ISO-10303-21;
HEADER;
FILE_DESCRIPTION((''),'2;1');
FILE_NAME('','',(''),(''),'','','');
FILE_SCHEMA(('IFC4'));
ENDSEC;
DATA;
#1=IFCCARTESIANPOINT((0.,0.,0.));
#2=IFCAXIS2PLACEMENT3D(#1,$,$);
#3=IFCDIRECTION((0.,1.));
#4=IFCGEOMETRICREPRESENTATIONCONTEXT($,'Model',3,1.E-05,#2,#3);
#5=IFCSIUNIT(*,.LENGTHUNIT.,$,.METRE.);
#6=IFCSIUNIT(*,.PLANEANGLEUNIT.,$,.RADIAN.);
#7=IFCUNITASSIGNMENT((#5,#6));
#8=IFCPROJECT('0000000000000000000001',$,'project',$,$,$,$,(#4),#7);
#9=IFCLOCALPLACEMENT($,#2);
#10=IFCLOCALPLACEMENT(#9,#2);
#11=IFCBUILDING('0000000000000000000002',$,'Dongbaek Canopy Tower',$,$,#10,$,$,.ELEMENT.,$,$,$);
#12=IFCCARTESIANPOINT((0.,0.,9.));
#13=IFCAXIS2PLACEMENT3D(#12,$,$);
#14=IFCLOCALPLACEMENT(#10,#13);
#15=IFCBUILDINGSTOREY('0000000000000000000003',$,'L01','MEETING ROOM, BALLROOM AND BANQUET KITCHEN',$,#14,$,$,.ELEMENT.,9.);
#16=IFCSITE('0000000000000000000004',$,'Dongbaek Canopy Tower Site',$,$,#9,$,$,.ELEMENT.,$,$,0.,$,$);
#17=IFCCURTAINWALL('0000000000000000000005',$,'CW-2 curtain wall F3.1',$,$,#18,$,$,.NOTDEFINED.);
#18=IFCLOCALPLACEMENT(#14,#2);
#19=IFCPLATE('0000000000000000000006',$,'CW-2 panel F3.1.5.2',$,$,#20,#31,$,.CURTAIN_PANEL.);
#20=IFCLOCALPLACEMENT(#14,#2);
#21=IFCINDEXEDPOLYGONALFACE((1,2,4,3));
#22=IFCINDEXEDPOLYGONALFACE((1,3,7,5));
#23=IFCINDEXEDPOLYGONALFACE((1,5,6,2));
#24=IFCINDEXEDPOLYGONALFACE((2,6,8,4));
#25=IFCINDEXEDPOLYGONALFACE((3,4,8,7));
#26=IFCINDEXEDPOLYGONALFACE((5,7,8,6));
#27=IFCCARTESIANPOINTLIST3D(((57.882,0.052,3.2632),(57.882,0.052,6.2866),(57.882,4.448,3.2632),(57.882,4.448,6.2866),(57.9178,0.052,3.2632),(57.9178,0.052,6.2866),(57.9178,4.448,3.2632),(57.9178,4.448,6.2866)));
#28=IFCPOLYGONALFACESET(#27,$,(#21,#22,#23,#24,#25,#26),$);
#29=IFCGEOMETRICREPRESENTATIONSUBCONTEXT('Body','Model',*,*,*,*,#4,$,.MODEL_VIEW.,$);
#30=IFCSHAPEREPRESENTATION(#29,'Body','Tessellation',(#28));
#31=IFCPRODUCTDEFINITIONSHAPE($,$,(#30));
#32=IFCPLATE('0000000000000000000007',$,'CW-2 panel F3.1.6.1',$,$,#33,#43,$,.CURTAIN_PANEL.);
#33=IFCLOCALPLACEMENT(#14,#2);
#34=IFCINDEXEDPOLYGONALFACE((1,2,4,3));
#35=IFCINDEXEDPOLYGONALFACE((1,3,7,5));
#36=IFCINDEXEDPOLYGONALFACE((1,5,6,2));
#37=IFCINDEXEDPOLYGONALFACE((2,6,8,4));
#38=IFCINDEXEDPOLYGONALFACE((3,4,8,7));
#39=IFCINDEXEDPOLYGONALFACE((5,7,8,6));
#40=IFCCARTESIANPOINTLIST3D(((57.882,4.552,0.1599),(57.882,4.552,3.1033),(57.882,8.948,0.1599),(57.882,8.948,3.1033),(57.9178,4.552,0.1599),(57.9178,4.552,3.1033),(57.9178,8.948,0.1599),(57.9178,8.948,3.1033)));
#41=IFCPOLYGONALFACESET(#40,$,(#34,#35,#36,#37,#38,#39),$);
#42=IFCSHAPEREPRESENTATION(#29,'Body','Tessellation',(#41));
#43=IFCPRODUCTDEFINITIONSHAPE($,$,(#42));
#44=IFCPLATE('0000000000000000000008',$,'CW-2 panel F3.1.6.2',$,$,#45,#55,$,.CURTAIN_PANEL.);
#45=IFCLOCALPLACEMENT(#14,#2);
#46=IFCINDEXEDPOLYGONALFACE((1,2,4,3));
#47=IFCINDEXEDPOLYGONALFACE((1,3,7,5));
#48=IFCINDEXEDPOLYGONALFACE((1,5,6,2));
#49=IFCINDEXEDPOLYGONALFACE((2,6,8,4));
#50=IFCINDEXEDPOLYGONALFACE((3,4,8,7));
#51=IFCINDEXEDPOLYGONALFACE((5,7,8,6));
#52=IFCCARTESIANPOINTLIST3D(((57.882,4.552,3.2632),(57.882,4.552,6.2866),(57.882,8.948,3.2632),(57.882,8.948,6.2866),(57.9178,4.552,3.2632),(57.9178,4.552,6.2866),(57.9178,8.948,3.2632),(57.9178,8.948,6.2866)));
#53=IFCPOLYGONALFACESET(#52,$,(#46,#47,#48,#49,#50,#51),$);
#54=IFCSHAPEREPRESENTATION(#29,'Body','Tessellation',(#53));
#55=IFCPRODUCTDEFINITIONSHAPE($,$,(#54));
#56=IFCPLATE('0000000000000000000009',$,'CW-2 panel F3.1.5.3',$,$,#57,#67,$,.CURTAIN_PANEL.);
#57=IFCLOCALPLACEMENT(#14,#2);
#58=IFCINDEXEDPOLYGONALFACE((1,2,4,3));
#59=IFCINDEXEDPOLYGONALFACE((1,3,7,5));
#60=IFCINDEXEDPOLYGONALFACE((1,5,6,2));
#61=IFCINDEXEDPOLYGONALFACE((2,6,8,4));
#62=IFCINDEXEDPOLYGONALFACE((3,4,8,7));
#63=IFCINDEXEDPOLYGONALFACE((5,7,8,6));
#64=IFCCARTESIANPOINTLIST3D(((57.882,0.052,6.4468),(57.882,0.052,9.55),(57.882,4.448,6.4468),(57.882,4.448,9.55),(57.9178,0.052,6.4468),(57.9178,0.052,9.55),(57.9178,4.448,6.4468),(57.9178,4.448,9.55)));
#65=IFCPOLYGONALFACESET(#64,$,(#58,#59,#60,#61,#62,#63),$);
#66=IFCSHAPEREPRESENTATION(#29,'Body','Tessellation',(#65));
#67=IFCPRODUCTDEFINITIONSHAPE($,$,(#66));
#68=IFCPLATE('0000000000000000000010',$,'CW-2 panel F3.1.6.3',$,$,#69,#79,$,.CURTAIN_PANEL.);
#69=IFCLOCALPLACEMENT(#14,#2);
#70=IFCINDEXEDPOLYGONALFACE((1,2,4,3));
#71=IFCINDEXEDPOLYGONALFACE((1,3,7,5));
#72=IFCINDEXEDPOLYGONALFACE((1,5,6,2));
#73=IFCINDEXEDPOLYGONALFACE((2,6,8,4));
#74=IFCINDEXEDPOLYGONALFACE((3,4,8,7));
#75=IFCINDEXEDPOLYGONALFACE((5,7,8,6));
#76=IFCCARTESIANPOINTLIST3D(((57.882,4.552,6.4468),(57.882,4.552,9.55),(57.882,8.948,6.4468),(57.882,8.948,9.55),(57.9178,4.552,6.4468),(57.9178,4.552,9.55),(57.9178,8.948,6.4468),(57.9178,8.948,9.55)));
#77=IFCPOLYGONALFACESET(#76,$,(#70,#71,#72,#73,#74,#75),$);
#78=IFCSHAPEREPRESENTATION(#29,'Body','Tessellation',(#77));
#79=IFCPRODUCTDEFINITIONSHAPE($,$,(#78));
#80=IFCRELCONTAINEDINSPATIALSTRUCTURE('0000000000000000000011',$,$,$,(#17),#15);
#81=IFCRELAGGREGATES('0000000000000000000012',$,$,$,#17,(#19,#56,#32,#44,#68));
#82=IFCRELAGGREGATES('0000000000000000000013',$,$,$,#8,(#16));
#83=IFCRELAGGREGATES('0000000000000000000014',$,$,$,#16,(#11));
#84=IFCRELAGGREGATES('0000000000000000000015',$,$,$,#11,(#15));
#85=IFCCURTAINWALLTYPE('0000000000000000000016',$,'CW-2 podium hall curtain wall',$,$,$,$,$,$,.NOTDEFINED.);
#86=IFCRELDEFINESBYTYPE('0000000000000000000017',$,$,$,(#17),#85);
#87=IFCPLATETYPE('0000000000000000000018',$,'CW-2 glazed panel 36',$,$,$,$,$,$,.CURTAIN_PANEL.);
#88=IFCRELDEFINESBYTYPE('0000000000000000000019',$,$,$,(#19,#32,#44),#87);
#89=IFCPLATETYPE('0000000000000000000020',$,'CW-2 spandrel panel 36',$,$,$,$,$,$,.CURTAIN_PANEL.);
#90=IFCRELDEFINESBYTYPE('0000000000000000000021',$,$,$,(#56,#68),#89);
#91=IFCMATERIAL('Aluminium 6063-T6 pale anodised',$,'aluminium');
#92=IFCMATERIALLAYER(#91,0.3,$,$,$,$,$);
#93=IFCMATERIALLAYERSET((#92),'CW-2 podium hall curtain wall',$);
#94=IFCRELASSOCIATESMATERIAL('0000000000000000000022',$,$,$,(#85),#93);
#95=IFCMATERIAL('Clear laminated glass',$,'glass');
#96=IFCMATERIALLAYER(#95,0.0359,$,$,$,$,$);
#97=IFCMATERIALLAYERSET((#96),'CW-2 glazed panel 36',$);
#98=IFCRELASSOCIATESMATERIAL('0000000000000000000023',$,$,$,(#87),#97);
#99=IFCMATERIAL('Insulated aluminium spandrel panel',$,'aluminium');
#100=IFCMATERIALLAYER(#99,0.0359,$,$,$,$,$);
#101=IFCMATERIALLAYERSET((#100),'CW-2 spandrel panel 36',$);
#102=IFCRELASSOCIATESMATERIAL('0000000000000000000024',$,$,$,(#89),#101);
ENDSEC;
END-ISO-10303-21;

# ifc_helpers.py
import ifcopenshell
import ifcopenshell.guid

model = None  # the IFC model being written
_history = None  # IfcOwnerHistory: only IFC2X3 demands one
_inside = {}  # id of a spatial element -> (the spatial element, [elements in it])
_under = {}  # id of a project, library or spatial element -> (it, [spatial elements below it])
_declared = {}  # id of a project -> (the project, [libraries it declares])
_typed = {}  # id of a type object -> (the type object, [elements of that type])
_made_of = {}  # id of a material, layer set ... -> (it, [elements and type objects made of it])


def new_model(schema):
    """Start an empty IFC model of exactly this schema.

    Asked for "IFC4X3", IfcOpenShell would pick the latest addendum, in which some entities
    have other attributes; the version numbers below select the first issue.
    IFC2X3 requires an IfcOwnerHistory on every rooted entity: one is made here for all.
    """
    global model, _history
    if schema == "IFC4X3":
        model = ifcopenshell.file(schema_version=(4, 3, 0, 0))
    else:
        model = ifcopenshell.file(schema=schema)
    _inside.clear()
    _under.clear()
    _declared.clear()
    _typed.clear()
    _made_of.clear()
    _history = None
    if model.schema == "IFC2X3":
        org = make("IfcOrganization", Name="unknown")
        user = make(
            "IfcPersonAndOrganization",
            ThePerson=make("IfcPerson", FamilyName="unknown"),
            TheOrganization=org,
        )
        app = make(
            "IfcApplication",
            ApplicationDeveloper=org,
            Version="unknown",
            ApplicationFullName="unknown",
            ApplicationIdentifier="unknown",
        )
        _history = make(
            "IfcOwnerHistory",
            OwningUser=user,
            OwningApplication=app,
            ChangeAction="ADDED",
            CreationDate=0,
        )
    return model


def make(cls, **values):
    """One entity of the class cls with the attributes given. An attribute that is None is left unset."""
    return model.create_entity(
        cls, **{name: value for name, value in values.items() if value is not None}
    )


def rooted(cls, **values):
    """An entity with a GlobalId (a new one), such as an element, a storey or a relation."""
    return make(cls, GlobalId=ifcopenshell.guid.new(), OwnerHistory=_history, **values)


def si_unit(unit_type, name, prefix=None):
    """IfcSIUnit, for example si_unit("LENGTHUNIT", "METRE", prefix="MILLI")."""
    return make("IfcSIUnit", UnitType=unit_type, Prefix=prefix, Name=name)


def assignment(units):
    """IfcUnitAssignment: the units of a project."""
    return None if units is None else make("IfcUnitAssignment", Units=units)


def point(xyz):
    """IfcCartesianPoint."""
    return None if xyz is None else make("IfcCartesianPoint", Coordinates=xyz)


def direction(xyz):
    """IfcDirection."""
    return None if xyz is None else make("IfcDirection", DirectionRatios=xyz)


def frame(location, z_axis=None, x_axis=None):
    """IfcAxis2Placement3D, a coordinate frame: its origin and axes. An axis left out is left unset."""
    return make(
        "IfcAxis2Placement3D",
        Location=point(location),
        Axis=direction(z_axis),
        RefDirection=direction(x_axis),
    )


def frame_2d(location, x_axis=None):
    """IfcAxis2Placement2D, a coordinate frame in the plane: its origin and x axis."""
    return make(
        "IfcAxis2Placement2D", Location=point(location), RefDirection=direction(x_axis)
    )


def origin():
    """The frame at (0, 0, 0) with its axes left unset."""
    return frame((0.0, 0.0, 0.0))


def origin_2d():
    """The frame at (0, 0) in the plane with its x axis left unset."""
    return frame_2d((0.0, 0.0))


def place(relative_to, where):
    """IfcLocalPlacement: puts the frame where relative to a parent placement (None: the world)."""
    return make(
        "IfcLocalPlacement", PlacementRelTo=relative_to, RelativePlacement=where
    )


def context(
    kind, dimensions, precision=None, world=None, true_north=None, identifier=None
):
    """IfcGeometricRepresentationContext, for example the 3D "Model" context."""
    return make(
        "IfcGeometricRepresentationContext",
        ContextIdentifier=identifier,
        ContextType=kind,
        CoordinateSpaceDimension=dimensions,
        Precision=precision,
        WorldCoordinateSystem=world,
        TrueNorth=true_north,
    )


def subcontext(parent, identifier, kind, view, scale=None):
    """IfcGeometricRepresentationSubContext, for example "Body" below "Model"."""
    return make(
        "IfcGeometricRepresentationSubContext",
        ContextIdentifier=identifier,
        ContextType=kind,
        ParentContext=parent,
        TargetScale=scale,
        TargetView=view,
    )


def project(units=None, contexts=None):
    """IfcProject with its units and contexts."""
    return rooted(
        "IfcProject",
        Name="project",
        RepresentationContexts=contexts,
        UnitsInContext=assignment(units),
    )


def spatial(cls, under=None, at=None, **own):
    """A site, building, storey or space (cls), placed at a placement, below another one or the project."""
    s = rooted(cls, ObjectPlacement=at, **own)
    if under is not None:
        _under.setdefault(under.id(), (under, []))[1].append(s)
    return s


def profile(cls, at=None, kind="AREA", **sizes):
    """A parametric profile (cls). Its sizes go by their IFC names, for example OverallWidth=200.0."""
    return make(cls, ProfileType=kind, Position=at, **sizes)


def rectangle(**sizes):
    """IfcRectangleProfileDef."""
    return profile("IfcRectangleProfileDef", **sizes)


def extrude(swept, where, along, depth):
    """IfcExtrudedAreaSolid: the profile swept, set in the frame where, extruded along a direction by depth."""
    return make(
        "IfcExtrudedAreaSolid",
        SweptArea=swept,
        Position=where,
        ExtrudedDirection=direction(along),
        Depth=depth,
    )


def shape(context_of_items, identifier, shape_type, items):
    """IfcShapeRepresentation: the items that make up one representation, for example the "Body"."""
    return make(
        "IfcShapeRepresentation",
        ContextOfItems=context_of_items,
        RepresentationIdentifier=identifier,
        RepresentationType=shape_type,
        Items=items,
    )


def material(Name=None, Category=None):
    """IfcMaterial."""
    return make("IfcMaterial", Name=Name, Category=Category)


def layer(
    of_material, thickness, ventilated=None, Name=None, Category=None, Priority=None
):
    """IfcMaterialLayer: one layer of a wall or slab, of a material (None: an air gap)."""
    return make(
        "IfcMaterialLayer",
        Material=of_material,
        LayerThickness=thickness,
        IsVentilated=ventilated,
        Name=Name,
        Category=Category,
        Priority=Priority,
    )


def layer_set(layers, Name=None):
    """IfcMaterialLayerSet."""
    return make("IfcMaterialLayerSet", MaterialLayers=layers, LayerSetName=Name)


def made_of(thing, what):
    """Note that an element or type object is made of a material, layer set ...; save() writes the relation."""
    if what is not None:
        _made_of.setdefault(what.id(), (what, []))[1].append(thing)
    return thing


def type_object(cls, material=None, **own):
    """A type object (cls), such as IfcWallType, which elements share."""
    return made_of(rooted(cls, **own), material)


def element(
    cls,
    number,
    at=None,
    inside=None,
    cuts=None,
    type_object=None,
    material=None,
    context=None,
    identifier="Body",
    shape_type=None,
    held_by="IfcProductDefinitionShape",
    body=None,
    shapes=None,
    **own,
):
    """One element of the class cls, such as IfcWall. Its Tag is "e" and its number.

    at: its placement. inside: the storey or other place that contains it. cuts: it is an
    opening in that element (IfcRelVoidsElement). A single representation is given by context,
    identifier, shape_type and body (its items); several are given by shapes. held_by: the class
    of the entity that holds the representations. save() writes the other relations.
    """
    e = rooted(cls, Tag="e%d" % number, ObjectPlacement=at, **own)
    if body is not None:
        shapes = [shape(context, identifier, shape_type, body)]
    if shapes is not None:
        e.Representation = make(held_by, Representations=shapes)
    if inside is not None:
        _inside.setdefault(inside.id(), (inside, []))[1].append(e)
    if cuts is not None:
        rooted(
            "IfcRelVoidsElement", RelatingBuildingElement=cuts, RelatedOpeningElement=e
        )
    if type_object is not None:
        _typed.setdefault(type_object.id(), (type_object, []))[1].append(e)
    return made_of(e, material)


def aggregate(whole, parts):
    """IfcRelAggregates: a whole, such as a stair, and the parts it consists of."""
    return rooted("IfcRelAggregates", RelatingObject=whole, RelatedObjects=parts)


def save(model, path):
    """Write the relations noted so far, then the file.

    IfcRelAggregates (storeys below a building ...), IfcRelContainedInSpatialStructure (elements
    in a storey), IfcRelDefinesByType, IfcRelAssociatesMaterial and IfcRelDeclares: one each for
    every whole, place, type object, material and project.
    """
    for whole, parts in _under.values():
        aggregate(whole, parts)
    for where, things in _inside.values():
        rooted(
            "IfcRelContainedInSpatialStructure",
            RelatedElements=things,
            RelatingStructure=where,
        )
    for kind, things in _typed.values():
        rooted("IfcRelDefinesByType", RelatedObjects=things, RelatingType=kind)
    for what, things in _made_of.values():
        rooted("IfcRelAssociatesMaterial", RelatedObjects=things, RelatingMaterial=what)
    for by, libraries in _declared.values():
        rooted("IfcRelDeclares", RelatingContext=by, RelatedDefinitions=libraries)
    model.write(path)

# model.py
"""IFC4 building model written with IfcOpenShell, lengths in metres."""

from ifc_helpers import new_model, si_unit, direction, frame, origin, origin_2d, place, context, subcontext, project, spatial, rectangle, extrude, material, layer, layer_set, type_object, element, aggregate, save


model = new_model("IFC4")

# Units and contexts
model_context = context("Model", 3, precision=1e-05, world=origin(), true_north=direction((0.0, 1.0)))
body_context = subcontext(model_context, "Body", "Model", "MODEL_VIEW")
ifc_project = project(units=[si_unit("LENGTHUNIT", "METRE"), si_unit("PLANEANGLEUNIT", "RADIAN")], contexts=[model_context])

# Site, building, storey
site_placement = place(None, origin())
site = spatial("IfcSite", under=ifc_project, at=site_placement, Name="Dongbaek Canopy Tower Site", CompositionType="ELEMENT", RefElevation=0.0)
building_placement = place(site_placement, origin())
building = spatial("IfcBuilding", under=site, at=building_placement, Name="Dongbaek Canopy Tower", CompositionType="ELEMENT")
storey_placement = place(building_placement, frame((0.0, 0.0, 9.0)))
storey = spatial("IfcBuildingStorey", under=building, at=storey_placement, Name="L01", Description="MEETING ROOM, BALLROOM AND BANQUET KITCHEN", CompositionType="ELEMENT", Elevation=9.0)

# Curtain wall
ifc_material_1 = material(Name="Aluminium 6063-T6 pale anodised", Category="aluminium")
ifc_layer_1 = layer(ifc_material_1, 0.3)
ifc_layer_set_1 = layer_set([ifc_layer_1], Name="CW-2 podium hall curtain wall")
curtain_wall_type = type_object("IfcCurtainWallType", Name="CW-2 podium hall curtain wall", PredefinedType="NOTDEFINED", material=ifc_layer_set_1)
curtain_wall_placement = place(storey_placement, origin())
curtain_wall = element("IfcCurtainWall", 1, at=curtain_wall_placement, inside=storey, type_object=curtain_wall_type, Name="CW-2 curtain wall F3.1", PredefinedType="NOTDEFINED")

# Plates
ifc_material_2 = material(Name="Clear laminated glass", Category="glass")
ifc_layer_2 = layer(ifc_material_2, 0.0359)
ifc_layer_set_2 = layer_set([ifc_layer_2], Name="CW-2 glazed panel 36")
plate_type_1 = type_object("IfcPlateType", Name="CW-2 glazed panel 36", PredefinedType="CURTAIN_PANEL", material=ifc_layer_set_2)
plate_1_placement = place(storey_placement, frame((57.8999, 2.25, 3.2632), z_axis=(0.0, 0.0, 1.0), x_axis=(0.0, 1.0, 0.0)))
plate_1 = element("IfcPlate", 2, at=plate_1_placement, type_object=plate_type_1, Name="CW-2 panel F3.1.5.2", PredefinedType="CURTAIN_PANEL", context=body_context, shape_type="SweptSolid", body=[
    extrude(rectangle(XDim=4.396, YDim=0.0359, at=origin_2d()), origin(), (0.0, 0.0, 1.0), 3.0234),
])
plate_2_placement = place(storey_placement, frame((57.8999, 6.75, 0.1599), z_axis=(0.0, 0.0, 1.0), x_axis=(0.0, 1.0, 0.0)))
plate_2 = element("IfcPlate", 3, at=plate_2_placement, type_object=plate_type_1, Name="CW-2 panel F3.1.6.1", PredefinedType="CURTAIN_PANEL", context=body_context, shape_type="SweptSolid", body=[
    extrude(rectangle(XDim=4.396, YDim=0.0359, at=origin_2d()), origin(), (0.0, 0.0, 1.0), 2.9434),
])
plate_3_placement = place(storey_placement, frame((57.8999, 6.75, 3.2632), z_axis=(0.0, 0.0, 1.0), x_axis=(0.0, 1.0, 0.0)))
plate_3 = element("IfcPlate", 4, at=plate_3_placement, type_object=plate_type_1, Name="CW-2 panel F3.1.6.2", PredefinedType="CURTAIN_PANEL", context=body_context, shape_type="SweptSolid", body=[
    extrude(rectangle(XDim=4.396, YDim=0.0359, at=origin_2d()), origin(), (0.0, 0.0, 1.0), 3.0234),
])
ifc_material_3 = material(Name="Insulated aluminium spandrel panel", Category="aluminium")
ifc_layer_3 = layer(ifc_material_3, 0.0359)
ifc_layer_set_3 = layer_set([ifc_layer_3], Name="CW-2 spandrel panel 36")
plate_type_2 = type_object("IfcPlateType", Name="CW-2 spandrel panel 36", PredefinedType="CURTAIN_PANEL", material=ifc_layer_set_3)
plate_4_placement = place(storey_placement, frame((57.8999, 2.25, 6.4468), z_axis=(0.0, 0.0, 1.0), x_axis=(0.0, 1.0, 0.0)))
plate_4 = element("IfcPlate", 5, at=plate_4_placement, type_object=plate_type_2, Name="CW-2 panel F3.1.5.3", PredefinedType="CURTAIN_PANEL", context=body_context, shape_type="SweptSolid", body=[
    extrude(rectangle(XDim=4.396, YDim=0.0359, at=origin_2d()), origin(), (0.0, 0.0, 1.0), 3.1033),
])
plate_5_placement = place(storey_placement, frame((57.8999, 6.75, 6.4468), z_axis=(0.0, 0.0, 1.0), x_axis=(0.0, 1.0, 0.0)))
plate_5 = element("IfcPlate", 6, at=plate_5_placement, type_object=plate_type_2, Name="CW-2 panel F3.1.6.3", PredefinedType="CURTAIN_PANEL", context=body_context, shape_type="SweptSolid", body=[
    extrude(rectangle(XDim=4.396, YDim=0.0359, at=origin_2d()), origin(), (0.0, 0.0, 1.0), 3.1033),
])
aggregate(curtain_wall, [plate_1, plate_4, plate_2, plate_3, plate_5])

save(model, "model.ifc")
